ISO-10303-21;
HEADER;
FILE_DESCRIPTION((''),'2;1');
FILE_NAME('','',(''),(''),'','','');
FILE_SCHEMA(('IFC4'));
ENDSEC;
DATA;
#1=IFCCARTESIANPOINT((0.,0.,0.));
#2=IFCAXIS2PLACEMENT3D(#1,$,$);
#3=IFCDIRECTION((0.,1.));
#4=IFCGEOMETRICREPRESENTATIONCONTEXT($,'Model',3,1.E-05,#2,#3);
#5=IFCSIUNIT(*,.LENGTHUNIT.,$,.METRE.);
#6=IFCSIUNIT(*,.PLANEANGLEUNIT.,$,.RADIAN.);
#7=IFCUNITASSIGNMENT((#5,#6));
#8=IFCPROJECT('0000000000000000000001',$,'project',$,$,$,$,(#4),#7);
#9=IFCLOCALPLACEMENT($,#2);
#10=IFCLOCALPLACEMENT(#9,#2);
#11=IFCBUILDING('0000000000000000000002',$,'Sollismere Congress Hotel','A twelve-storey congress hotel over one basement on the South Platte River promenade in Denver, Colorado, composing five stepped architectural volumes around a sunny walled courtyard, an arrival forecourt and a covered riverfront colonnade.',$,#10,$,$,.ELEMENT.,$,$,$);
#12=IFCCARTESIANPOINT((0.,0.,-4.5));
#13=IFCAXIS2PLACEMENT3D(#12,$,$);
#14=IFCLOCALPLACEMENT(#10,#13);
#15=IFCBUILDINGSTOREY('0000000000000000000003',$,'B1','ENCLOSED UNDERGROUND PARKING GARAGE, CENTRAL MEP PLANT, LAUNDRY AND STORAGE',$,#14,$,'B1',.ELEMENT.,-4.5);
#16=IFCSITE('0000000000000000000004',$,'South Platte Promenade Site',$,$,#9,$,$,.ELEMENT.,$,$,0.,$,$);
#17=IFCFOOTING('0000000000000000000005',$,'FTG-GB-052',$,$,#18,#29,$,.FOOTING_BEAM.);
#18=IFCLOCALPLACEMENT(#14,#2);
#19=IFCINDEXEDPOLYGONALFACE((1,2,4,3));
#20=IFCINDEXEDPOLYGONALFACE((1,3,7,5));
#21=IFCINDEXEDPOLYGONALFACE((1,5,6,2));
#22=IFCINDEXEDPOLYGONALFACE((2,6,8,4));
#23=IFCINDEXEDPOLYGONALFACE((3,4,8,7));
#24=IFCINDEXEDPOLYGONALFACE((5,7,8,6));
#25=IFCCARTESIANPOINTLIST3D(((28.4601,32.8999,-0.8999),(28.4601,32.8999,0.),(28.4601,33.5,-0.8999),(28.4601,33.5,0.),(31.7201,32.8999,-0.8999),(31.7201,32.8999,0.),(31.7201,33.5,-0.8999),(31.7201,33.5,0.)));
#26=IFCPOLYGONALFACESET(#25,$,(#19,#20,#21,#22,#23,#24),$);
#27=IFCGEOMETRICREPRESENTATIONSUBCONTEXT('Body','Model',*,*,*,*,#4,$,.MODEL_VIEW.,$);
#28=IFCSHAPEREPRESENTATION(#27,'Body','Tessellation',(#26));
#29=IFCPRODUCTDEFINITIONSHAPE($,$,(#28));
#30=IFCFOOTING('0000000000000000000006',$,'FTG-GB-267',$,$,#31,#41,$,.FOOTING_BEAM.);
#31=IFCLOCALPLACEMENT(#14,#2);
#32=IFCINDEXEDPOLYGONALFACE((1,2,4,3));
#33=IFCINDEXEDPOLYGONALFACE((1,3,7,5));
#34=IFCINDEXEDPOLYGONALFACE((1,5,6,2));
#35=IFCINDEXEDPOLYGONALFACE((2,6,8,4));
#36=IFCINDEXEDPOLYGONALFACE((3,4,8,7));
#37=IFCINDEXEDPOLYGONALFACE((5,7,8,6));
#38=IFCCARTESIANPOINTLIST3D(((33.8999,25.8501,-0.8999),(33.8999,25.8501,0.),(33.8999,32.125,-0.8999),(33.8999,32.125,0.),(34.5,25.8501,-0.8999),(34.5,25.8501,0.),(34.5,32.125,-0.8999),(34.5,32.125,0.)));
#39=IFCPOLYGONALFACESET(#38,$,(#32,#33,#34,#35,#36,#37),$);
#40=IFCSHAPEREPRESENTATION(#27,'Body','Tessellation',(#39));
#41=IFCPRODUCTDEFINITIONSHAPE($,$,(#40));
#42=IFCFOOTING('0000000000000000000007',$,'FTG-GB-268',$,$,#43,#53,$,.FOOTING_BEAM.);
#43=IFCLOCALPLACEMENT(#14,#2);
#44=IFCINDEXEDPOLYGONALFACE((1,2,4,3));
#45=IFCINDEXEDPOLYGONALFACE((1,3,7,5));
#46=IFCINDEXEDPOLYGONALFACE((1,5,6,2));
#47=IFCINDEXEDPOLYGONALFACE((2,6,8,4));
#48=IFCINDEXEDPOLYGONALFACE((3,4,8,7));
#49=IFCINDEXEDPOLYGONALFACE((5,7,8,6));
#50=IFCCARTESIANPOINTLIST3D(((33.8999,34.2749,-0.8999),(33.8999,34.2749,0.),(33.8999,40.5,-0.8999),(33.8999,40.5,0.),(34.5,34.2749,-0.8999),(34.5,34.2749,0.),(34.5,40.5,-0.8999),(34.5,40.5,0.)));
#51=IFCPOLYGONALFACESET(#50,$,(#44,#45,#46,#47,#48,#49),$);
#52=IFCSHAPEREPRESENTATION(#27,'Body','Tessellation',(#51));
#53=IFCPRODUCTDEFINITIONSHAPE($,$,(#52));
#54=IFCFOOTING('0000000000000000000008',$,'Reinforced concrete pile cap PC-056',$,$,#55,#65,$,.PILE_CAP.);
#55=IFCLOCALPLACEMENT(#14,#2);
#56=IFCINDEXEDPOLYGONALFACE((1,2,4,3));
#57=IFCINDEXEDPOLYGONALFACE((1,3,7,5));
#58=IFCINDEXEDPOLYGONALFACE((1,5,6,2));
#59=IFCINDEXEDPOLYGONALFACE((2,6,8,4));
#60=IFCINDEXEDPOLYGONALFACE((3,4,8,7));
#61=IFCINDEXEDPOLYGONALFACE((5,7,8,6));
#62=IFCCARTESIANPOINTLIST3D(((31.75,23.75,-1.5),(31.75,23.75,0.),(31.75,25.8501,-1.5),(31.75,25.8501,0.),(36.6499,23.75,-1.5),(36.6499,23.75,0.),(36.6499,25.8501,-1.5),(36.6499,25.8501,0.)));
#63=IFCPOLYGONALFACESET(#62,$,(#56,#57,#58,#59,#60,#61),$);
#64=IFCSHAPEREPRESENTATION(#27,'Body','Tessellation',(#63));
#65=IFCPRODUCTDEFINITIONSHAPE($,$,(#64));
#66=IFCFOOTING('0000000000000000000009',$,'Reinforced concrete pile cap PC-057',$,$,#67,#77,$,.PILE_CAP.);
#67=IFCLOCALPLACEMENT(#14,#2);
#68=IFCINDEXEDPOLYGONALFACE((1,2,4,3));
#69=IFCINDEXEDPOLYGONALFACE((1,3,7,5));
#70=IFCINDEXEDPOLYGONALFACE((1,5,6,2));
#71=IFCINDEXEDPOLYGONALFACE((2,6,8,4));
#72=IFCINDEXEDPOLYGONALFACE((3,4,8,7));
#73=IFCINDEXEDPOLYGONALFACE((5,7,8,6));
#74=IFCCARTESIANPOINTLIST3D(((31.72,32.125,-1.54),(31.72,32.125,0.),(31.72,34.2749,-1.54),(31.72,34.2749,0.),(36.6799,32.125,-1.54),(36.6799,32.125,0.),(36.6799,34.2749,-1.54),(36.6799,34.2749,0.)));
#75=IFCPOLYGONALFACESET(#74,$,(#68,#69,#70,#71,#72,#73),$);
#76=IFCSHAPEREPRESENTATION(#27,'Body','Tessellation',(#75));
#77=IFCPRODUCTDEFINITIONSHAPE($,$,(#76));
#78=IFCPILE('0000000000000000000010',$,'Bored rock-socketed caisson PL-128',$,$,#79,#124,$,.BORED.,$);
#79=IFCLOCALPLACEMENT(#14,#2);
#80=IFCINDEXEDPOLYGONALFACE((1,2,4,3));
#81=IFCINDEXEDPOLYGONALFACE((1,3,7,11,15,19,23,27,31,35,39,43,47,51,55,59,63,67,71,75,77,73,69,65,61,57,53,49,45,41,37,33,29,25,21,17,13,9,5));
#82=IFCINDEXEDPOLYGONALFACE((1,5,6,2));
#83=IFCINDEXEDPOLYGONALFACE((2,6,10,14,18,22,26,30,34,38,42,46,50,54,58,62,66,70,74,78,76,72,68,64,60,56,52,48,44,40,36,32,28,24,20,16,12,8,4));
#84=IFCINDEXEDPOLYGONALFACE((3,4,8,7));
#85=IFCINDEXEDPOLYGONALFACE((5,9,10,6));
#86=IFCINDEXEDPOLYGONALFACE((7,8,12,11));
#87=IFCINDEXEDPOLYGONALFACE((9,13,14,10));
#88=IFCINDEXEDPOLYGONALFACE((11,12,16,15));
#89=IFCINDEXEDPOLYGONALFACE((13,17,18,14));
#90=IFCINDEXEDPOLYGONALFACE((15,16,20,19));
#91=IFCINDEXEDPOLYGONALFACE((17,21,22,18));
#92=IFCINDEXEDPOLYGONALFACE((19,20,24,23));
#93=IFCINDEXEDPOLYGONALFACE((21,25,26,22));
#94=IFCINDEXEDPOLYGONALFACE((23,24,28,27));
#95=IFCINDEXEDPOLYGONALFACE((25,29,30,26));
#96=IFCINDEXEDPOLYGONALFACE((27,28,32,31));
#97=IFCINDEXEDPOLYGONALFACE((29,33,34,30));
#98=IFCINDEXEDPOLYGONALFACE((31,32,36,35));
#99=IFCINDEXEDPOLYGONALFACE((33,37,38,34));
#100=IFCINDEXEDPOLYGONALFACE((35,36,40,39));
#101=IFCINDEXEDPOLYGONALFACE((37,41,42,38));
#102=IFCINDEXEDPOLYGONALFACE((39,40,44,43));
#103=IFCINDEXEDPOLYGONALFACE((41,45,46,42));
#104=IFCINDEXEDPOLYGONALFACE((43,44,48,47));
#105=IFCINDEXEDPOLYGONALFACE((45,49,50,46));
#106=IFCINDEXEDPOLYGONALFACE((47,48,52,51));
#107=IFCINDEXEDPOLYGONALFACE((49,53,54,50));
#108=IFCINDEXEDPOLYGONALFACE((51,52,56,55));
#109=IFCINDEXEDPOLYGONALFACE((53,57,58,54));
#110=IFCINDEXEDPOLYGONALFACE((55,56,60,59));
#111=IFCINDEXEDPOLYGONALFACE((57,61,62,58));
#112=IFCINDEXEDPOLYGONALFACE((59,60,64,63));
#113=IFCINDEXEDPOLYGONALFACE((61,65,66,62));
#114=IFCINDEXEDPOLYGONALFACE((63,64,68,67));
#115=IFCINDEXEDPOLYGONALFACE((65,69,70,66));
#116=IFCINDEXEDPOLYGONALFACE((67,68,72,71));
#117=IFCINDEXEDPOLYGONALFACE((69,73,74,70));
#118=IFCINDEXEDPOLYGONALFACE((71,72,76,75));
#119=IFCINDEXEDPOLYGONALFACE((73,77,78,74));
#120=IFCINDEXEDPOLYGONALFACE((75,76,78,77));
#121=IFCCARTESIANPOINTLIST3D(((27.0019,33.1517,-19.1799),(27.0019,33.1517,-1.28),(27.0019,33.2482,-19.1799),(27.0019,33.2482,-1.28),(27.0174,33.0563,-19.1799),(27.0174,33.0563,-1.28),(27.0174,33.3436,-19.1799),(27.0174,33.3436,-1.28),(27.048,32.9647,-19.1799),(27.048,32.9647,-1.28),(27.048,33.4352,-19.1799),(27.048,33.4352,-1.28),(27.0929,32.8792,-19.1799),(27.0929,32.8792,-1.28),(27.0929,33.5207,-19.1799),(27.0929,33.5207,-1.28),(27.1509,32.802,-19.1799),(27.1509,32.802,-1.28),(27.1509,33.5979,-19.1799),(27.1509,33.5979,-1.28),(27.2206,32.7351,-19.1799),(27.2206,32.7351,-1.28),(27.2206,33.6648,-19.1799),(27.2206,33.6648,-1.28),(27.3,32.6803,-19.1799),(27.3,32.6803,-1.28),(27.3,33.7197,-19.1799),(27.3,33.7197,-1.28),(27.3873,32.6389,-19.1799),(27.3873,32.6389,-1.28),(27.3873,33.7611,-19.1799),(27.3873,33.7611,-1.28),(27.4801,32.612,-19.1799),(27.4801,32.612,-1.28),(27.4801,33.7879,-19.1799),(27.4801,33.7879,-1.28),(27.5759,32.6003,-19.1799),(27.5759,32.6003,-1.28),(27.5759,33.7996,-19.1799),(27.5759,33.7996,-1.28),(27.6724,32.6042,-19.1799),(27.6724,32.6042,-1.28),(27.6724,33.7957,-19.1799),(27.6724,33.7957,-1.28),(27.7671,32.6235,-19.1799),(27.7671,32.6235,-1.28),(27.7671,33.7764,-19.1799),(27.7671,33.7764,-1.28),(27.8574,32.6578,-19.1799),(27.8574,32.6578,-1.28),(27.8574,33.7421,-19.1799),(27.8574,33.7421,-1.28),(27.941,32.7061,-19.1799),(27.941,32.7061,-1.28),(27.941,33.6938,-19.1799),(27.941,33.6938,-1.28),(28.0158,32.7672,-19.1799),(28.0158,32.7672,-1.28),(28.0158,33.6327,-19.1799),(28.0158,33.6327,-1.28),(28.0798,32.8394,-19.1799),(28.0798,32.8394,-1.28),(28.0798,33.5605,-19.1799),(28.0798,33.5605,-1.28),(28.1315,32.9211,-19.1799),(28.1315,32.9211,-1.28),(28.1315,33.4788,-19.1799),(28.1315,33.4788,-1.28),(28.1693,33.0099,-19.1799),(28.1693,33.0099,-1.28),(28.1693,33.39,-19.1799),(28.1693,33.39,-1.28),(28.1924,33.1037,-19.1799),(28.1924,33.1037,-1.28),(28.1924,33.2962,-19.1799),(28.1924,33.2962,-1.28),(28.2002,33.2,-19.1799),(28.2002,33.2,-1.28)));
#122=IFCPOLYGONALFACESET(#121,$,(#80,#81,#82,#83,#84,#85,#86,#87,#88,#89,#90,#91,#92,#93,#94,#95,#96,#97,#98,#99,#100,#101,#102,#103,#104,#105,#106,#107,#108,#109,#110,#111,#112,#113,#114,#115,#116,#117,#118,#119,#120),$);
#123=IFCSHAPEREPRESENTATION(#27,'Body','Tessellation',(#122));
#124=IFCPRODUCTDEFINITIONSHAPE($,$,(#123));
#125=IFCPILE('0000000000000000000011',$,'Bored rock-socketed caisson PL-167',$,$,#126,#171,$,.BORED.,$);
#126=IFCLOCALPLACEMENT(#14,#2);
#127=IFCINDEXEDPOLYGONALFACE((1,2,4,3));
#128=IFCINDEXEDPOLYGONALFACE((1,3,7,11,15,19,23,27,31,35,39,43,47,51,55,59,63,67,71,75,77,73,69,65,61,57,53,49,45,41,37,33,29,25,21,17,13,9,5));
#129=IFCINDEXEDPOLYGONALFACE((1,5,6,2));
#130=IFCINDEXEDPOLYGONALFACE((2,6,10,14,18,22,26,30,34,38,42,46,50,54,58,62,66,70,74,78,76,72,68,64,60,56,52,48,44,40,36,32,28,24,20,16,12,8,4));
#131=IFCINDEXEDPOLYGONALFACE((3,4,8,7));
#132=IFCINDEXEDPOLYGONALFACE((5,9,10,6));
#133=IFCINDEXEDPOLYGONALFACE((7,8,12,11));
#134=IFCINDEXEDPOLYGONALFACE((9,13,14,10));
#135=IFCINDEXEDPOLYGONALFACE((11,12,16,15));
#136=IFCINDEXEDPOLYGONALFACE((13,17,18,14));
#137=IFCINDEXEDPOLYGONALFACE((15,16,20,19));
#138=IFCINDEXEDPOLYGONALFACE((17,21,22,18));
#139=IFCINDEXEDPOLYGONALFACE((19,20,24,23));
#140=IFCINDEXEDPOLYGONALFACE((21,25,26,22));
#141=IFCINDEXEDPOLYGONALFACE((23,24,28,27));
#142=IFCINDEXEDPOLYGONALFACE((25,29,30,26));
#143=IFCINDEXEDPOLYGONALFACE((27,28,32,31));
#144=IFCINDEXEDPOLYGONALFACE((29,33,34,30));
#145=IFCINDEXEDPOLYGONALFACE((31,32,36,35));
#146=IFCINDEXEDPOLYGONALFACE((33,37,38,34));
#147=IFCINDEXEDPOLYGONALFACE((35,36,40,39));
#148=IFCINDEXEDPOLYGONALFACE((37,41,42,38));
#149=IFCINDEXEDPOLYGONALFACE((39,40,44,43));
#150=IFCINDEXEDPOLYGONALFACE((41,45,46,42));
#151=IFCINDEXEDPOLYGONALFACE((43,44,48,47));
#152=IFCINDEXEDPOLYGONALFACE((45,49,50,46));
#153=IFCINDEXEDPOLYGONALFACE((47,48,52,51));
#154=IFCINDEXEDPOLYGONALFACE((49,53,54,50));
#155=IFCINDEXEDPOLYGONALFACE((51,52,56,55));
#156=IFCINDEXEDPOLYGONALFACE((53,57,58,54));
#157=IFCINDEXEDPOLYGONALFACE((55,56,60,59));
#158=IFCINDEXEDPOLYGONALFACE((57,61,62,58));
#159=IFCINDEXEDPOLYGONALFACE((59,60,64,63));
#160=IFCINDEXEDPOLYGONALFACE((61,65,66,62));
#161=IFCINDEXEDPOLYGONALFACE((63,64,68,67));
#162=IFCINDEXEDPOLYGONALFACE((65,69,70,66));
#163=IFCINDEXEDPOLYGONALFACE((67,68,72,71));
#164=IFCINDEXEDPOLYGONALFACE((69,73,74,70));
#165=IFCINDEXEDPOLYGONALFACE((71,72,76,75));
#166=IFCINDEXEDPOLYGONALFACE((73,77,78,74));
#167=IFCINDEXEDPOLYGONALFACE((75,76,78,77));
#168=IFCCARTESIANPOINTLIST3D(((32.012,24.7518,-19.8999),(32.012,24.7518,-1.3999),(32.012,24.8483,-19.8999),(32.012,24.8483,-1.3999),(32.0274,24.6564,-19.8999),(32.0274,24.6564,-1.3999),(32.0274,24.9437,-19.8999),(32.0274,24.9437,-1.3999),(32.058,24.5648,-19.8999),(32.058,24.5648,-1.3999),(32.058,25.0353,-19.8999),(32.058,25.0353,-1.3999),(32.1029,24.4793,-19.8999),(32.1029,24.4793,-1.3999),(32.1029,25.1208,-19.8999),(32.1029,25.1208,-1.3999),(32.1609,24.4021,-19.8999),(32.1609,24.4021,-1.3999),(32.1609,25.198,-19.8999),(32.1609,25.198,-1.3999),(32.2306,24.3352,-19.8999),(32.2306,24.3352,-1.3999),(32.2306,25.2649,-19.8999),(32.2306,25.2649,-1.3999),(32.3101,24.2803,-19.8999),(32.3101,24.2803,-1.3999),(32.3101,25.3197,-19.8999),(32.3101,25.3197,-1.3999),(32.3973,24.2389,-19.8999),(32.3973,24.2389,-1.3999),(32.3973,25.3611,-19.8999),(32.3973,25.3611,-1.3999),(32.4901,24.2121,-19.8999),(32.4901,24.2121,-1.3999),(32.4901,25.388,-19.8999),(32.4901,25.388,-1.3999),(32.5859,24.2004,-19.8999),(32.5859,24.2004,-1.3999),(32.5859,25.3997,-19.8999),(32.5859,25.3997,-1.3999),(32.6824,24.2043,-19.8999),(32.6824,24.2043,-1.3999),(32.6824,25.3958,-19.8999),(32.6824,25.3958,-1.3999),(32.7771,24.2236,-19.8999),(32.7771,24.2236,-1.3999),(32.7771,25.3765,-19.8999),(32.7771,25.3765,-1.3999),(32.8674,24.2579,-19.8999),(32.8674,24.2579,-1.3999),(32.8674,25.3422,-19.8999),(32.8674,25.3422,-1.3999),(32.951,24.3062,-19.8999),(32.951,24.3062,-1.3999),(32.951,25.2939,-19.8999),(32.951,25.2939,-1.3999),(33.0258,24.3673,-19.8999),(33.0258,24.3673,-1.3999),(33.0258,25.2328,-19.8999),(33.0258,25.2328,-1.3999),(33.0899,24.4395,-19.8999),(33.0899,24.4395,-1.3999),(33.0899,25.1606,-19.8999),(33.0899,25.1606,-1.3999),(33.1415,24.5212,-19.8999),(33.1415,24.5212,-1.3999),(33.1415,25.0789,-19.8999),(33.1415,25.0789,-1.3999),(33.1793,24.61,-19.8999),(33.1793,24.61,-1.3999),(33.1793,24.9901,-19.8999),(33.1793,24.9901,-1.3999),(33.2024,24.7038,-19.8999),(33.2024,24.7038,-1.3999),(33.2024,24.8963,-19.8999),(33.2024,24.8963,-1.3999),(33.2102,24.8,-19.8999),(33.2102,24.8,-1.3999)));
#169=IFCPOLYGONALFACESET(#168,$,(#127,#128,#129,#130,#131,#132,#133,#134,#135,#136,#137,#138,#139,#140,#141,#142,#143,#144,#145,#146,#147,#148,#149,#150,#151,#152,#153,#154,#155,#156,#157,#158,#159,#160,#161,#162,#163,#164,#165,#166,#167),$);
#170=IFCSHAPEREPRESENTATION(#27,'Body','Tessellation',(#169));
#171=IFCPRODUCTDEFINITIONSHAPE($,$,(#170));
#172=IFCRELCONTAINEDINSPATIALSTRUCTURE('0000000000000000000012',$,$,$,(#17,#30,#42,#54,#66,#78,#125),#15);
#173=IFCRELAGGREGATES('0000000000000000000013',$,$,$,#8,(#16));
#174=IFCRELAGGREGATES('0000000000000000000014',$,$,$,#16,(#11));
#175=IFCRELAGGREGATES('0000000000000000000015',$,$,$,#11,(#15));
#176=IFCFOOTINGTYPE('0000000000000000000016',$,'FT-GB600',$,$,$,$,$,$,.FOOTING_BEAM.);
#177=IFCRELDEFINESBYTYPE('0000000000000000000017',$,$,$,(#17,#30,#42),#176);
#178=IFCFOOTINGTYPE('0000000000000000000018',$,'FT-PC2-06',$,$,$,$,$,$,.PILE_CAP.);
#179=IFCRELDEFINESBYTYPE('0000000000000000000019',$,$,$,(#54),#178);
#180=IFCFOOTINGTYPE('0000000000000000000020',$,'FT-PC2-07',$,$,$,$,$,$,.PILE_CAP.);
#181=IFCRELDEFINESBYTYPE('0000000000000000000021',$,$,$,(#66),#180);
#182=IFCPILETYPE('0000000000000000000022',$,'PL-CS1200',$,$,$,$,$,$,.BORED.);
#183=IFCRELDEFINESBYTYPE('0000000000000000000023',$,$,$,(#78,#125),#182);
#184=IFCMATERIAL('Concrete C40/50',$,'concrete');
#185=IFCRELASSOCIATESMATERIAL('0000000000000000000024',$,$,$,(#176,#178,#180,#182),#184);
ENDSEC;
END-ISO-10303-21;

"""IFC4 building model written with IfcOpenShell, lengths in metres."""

from ifc_helpers import new_model, si_unit, direction, frame, origin, origin_2d, place, context, subcontext, project, spatial, rectangle, circle, extrude, material, material_profile, profile_set, type_object, element, save


model = new_model("IFC4")

# Units and contexts
model_context = context("Model", 3, precision=1e-05, world=origin(), true_north=direction((0.0, 1.0)))
body_context = subcontext(model_context, "Body", "Model", "MODEL_VIEW")
ifc_project = project(units=[si_unit("LENGTHUNIT", "METRE"), si_unit("PLANEANGLEUNIT", "RADIAN")], contexts=[model_context])

# Site, building, storey
site_placement = place(None, origin())
site = spatial("IfcSite", under=ifc_project, at=site_placement, Name="South Platte Promenade Site", CompositionType="ELEMENT", RefElevation=0.0)
building_placement = place(site_placement, origin())
building = spatial("IfcBuilding", under=site, at=building_placement, Name="Sollismere Congress Hotel", Description="A twelve-storey congress hotel over one basement on the South Platte River promenade in Denver, Colorado, composing five stepped architectural volumes around a sunny walled courtyard, an arrival forecourt and a covered riverfront colonnade.", CompositionType="ELEMENT")
storey_placement = place(building_placement, frame((0.0, 0.0, -4.5)))
storey = spatial("IfcBuildingStorey", under=building, at=storey_placement, Name="B1", Description="ENCLOSED UNDERGROUND PARKING GARAGE, CENTRAL MEP PLANT, LAUNDRY AND STORAGE", LongName="B1", CompositionType="ELEMENT", Elevation=-4.5)

# Footings
ifc_material_1 = material(Name="Concrete C40/50", Category="concrete")
footing_type_1 = type_object("IfcFootingType", Name="FT-GB600", PredefinedType="FOOTING_BEAM", material=ifc_material_1)
footing_1_placement = place(storey_placement, frame((30.0901, 33.2, -0.8999), z_axis=(0.0, 0.0, 1.0), x_axis=(1.0, 0.0, 0.0)))
element("IfcFooting", 1, at=footing_1_placement, inside=storey, type_object=footing_type_1, Name="FTG-GB-052", PredefinedType="FOOTING_BEAM", context=body_context, shape_type="SweptSolid", body=[
    extrude(rectangle(XDim=3.26, YDim=0.6001, at=origin_2d()), origin(), (0.0, 0.0, 1.0), 0.8999),
])
footing_2_placement = place(storey_placement, frame((34.2, 28.9875, -0.8999), z_axis=(0.0, 0.0, 1.0), x_axis=(0.0, 1.0, 0.0)))
element("IfcFooting", 2, at=footing_2_placement, inside=storey, type_object=footing_type_1, Name="FTG-GB-267", PredefinedType="FOOTING_BEAM", context=body_context, shape_type="SweptSolid", body=[
    extrude(rectangle(XDim=6.2749, YDim=0.6001, at=origin_2d()), origin(), (0.0, 0.0, 1.0), 0.8999),
])
footing_3_placement = place(storey_placement, frame((34.2, 37.3875, -0.8999), z_axis=(0.0, 0.0, 1.0), x_axis=(0.0, 1.0, 0.0)))
element("IfcFooting", 3, at=footing_3_placement, inside=storey, type_object=footing_type_1, Name="FTG-GB-268", PredefinedType="FOOTING_BEAM", context=body_context, shape_type="SweptSolid", body=[
    extrude(rectangle(XDim=6.2251, YDim=0.6001, at=origin_2d()), origin(), (0.0, 0.0, 1.0), 0.8999),
])
footing_type_2 = type_object("IfcFootingType", Name="FT-PC2-06", PredefinedType="PILE_CAP", material=ifc_material_1)
footing_4_placement = place(storey_placement, frame((34.2, 24.8, -1.5), z_axis=(0.0, 0.0, 1.0), x_axis=(1.0, 0.0, 0.0)))
element("IfcFooting", 4, at=footing_4_placement, inside=storey, type_object=footing_type_2, Name="Reinforced concrete pile cap PC-056", PredefinedType="PILE_CAP", context=body_context, shape_type="SweptSolid", body=[
    extrude(rectangle(XDim=4.8999, YDim=2.1001, at=origin_2d()), origin(), (0.0, 0.0, 1.0), 1.5),
])
footing_type_3 = type_object("IfcFootingType", Name="FT-PC2-07", PredefinedType="PILE_CAP", material=ifc_material_1)
footing_5_placement = place(storey_placement, frame((34.2, 33.2, -1.54), z_axis=(0.0, 0.0, 1.0), x_axis=(1.0, 0.0, 0.0)))
element("IfcFooting", 5, at=footing_5_placement, inside=storey, type_object=footing_type_3, Name="Reinforced concrete pile cap PC-057", PredefinedType="PILE_CAP", context=body_context, shape_type="SweptSolid", body=[
    extrude(rectangle(XDim=4.96, YDim=2.1499, at=origin_2d()), origin(), (0.0, 0.0, 1.0), 1.54),
])

# Piles
ifc_material_profile_1 = material_profile(ifc_material_1, circle(Radius=0.6001, at=origin_2d()), Name="CAISSON1200")
ifc_profile_set_1 = profile_set([ifc_material_profile_1], Name="Concrete C40/50")
pile_type = type_object("IfcPileType", Name="PL-CS1200", PredefinedType="BORED", material=ifc_profile_set_1)
pile_1_placement = place(storey_placement, frame((27.6001, 33.2, -1.28), z_axis=(0.0, 0.0, -1.0), x_axis=(1.0, 0.0, 0.0)))
element("IfcPile", 6, at=pile_1_placement, inside=storey, type_object=pile_type, Name="Bored rock-socketed caisson PL-128", PredefinedType="BORED", context=body_context, shape_type="SweptSolid", body=[
    extrude(circle(Radius=0.6001, at=origin_2d()), origin(), (0.0, 0.0, 1.0), 17.8999),
])
pile_2_placement = place(storey_placement, frame((32.6101, 24.8, -1.3999), z_axis=(0.0, 0.0, -1.0), x_axis=(1.0, 0.0, 0.0)))
element("IfcPile", 7, at=pile_2_placement, inside=storey, type_object=pile_type, Name="Bored rock-socketed caisson PL-167", PredefinedType="BORED", context=body_context, shape_type="SweptSolid", body=[
    extrude(circle(Radius=0.6001, at=origin_2d()), origin(), (0.0, 0.0, 1.0), 18.5),
])

save(model, "model.ifc")
